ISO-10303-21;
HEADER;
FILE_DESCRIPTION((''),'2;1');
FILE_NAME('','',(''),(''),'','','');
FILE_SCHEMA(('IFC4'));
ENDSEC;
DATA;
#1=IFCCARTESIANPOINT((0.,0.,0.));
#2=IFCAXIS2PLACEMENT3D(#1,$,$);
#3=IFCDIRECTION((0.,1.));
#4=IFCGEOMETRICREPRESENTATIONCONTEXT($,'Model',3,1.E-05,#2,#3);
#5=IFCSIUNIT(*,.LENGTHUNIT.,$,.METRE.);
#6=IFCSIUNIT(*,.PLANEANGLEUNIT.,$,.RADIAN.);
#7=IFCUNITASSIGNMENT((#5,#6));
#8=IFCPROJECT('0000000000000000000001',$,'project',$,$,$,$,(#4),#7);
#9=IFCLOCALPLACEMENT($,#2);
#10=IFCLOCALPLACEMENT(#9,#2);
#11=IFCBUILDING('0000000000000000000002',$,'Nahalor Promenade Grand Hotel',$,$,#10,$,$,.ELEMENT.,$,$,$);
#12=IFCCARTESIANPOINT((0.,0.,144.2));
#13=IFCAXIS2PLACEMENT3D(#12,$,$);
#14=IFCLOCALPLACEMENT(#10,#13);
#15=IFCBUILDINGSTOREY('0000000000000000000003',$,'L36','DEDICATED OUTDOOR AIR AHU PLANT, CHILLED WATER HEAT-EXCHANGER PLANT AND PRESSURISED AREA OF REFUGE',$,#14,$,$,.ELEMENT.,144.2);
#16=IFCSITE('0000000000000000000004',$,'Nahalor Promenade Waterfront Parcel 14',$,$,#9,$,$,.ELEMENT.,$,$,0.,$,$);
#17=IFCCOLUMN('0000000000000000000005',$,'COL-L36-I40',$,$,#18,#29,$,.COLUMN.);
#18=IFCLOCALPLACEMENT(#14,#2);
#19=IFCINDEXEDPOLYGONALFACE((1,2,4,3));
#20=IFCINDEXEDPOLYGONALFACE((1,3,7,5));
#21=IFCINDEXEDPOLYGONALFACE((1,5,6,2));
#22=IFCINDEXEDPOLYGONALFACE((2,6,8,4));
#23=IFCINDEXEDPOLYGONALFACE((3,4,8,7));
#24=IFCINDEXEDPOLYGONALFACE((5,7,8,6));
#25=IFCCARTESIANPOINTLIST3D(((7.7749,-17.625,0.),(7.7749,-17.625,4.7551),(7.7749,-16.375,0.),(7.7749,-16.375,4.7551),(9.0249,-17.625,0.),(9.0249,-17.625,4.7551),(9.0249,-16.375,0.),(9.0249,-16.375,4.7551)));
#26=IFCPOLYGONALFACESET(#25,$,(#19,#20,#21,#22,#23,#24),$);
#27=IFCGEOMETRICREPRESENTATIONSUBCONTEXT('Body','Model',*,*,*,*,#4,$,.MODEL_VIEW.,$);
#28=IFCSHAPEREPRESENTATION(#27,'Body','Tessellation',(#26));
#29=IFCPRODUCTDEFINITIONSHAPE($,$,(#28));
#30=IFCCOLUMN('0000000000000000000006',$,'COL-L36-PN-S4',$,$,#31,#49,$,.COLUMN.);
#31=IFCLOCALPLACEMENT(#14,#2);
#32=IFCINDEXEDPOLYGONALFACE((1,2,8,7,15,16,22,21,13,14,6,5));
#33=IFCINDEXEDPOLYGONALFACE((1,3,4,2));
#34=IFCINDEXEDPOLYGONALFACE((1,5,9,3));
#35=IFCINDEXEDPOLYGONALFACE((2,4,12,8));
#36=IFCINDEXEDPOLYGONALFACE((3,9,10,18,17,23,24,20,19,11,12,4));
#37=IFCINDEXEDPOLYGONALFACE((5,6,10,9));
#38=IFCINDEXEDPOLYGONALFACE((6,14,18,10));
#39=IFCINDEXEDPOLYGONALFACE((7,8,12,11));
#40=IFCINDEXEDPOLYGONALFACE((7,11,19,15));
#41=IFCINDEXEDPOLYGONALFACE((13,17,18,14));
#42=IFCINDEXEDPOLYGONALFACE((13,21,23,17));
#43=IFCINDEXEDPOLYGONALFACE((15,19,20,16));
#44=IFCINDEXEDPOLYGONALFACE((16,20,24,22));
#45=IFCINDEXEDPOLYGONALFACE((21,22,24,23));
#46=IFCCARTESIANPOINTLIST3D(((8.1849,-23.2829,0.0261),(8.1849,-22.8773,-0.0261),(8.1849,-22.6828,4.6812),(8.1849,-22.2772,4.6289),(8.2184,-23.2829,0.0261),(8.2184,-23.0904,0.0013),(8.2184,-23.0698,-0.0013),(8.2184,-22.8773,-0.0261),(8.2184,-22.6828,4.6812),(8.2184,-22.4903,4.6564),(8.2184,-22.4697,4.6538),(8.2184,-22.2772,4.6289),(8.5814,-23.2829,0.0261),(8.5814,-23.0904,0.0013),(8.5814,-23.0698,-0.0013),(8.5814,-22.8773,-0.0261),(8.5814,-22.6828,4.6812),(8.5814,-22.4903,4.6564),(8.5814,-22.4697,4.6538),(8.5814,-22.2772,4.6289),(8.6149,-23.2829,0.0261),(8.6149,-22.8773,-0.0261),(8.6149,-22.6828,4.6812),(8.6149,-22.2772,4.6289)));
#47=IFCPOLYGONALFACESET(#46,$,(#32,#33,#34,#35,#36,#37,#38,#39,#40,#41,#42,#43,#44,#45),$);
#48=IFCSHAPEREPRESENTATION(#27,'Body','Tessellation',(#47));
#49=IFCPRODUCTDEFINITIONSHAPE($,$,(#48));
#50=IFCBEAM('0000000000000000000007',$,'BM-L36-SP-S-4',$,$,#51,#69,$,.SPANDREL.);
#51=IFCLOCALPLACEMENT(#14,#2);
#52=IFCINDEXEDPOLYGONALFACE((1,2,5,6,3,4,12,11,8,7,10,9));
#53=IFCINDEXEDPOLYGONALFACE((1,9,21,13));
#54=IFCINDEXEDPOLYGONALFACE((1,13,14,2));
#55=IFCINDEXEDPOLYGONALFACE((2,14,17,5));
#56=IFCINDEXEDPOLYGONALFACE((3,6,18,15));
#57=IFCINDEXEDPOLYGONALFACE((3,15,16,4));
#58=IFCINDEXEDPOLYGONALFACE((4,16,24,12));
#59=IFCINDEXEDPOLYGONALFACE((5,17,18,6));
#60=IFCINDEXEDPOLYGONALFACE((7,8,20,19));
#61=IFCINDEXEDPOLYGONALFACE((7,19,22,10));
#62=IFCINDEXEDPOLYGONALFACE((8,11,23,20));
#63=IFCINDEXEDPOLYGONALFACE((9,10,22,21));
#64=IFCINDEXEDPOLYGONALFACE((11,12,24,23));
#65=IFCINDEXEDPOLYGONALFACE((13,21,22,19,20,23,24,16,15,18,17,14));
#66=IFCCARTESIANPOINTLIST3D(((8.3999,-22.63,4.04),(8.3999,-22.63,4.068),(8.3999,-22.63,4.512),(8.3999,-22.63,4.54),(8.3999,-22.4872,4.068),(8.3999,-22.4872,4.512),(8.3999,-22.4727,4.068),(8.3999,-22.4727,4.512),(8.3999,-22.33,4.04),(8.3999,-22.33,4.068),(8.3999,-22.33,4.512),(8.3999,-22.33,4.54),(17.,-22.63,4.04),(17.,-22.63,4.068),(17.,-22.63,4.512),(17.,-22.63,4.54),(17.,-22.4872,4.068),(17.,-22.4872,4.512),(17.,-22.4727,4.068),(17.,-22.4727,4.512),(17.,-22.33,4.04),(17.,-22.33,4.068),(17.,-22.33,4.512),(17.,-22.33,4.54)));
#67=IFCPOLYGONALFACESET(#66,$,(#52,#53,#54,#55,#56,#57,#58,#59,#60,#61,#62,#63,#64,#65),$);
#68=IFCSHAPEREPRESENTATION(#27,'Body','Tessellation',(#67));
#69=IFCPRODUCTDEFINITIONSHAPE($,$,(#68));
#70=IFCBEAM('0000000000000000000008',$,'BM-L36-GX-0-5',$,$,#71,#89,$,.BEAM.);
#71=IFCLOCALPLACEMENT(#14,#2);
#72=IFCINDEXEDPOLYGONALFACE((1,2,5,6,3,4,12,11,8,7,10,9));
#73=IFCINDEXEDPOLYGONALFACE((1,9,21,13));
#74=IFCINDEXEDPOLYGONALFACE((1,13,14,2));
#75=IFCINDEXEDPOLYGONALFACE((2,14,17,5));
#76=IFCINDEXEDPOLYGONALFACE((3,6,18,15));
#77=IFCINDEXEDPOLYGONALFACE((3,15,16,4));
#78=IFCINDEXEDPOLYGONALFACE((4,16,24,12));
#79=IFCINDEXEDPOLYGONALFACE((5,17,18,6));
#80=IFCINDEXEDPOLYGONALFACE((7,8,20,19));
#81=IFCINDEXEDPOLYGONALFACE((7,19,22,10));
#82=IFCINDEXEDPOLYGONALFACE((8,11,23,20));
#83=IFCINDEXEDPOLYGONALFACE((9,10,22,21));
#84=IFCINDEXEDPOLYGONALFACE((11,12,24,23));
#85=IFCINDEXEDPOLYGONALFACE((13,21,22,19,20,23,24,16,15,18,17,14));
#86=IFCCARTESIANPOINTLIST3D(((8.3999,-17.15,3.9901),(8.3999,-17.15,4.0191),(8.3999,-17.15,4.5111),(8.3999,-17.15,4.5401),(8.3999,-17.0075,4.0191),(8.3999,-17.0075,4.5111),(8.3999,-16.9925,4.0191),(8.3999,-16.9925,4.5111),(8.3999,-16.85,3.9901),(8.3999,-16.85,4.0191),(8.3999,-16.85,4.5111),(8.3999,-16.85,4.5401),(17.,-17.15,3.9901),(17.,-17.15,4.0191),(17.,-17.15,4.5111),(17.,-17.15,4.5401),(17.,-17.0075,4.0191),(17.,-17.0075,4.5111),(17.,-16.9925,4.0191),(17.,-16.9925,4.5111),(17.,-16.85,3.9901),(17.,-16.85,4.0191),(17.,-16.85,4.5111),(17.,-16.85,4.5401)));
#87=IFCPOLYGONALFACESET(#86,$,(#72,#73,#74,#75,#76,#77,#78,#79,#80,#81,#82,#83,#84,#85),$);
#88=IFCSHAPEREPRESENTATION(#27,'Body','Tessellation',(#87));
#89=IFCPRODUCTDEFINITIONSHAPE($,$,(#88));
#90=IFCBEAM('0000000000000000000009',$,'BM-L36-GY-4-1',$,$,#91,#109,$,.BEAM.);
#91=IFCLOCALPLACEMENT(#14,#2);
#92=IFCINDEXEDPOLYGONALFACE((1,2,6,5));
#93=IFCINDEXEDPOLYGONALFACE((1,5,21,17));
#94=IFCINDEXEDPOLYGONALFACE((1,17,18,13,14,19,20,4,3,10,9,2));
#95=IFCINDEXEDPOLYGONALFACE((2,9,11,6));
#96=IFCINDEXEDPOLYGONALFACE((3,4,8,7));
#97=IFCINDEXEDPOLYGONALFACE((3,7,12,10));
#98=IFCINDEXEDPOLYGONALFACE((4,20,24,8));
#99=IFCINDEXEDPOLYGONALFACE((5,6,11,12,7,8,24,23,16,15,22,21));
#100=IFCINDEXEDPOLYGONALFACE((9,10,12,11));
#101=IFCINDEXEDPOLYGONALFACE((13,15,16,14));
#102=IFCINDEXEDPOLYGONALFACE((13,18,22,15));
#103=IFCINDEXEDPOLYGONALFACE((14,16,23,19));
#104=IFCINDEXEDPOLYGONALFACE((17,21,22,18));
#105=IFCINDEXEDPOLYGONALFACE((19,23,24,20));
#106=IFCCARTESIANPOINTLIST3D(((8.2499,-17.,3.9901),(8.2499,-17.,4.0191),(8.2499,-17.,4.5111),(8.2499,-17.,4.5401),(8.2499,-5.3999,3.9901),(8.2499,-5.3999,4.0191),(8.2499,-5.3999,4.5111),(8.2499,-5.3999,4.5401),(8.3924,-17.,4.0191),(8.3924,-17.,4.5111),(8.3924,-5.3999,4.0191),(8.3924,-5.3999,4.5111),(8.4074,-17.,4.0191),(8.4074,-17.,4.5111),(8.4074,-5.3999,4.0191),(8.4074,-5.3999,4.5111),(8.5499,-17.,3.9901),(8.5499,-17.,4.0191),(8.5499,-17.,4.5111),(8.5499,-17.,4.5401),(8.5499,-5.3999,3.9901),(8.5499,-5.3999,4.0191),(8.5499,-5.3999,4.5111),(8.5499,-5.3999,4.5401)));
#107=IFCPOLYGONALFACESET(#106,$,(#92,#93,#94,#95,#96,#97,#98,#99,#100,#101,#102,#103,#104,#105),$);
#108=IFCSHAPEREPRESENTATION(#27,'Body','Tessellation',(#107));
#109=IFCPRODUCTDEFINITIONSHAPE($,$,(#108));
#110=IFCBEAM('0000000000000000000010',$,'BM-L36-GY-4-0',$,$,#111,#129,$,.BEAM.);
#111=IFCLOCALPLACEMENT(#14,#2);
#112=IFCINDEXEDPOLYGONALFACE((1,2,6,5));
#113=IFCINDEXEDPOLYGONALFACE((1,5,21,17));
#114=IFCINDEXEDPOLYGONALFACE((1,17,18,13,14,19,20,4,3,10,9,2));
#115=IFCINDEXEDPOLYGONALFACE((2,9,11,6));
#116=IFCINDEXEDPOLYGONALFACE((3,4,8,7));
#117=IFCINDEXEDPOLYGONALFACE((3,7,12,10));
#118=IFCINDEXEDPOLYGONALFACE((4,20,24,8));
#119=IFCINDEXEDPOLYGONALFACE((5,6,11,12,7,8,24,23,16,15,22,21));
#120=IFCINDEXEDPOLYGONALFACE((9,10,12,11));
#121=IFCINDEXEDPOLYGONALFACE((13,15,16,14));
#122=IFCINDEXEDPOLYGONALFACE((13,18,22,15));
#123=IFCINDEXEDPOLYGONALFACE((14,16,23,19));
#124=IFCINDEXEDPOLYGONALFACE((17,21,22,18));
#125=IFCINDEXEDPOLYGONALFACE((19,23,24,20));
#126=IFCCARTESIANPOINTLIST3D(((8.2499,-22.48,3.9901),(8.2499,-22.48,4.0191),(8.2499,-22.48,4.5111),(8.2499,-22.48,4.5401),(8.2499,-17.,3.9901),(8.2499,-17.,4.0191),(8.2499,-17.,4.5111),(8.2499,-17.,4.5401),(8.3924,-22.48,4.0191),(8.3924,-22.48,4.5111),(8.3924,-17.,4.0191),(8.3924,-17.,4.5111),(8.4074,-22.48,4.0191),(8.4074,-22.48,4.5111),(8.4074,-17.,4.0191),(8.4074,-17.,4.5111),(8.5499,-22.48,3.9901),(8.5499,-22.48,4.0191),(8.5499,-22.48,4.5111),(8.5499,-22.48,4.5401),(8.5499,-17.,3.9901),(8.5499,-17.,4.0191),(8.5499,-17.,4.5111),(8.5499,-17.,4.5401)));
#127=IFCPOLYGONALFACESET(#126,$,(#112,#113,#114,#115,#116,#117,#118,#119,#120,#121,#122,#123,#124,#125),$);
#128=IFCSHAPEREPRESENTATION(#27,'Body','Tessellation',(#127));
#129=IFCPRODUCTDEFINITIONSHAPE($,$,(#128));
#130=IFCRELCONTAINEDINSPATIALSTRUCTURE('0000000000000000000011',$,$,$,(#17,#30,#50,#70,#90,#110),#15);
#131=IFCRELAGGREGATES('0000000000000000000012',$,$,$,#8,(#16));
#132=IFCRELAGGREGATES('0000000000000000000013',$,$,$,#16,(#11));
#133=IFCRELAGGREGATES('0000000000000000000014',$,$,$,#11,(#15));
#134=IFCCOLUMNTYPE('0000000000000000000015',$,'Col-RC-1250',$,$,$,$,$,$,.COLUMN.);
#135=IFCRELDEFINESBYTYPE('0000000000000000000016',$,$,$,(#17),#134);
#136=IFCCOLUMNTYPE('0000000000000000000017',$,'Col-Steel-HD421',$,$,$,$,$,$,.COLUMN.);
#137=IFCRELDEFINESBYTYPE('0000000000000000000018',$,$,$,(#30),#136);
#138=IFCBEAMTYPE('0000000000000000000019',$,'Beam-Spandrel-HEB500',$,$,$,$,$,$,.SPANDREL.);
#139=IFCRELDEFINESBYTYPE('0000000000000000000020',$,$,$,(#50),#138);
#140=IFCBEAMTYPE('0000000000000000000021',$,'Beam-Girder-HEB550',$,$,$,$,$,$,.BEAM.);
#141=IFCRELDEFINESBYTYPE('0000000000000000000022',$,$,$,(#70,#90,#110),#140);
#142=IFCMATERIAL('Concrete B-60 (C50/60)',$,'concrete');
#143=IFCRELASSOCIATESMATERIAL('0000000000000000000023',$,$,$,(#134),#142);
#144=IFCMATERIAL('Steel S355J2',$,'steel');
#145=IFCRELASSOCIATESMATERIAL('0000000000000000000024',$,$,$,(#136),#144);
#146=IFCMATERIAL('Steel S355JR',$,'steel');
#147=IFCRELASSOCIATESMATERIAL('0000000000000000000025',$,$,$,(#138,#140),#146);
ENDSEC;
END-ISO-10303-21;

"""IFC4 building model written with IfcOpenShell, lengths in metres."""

from ifc_helpers import new_model, si_unit, direction, frame, origin, origin_2d, place, context, subcontext, project, spatial, rectangle, i_section, extrude, source, transform, mapped, material, material_profile, profile_set, type_object, element, save


model = new_model("IFC4")

# Units and contexts
model_context = context("Model", 3, precision=1e-05, world=origin(), true_north=direction((0.0, 1.0)))
body_context = subcontext(model_context, "Body", "Model", "MODEL_VIEW")
ifc_project = project(units=[si_unit("LENGTHUNIT", "METRE"), si_unit("PLANEANGLEUNIT", "RADIAN")], contexts=[model_context])

# Site, building, storey
site_placement = place(None, origin())
site = spatial("IfcSite", under=ifc_project, at=site_placement, Name="Nahalor Promenade Waterfront Parcel 14", CompositionType="ELEMENT", RefElevation=0.0)
building_placement = place(site_placement, origin())
building = spatial("IfcBuilding", under=site, at=building_placement, Name="Nahalor Promenade Grand Hotel", CompositionType="ELEMENT")
storey_placement = place(building_placement, frame((0.0, 0.0, 144.2)))
storey = spatial("IfcBuildingStorey", under=building, at=storey_placement, Name="L36", Description="DEDICATED OUTDOOR AIR AHU PLANT, CHILLED WATER HEAT-EXCHANGER PLANT AND PRESSURISED AREA OF REFUGE", CompositionType="ELEMENT", Elevation=144.2)

# Columns
ifc_material_1 = material(Name="Concrete B-60 (C50/60)", Category="concrete")
ifc_material_profile_1 = material_profile(ifc_material_1, rectangle(XDim=1.25, YDim=1.25, at=origin_2d()), Name="RC 1250x1250")
ifc_profile_set_1 = profile_set([ifc_material_profile_1], Name="Concrete B-60 (C50/60)")
column_type_1 = type_object("IfcColumnType", Name="Col-RC-1250", PredefinedType="COLUMN", material=ifc_profile_set_1)
shared_shape_1 = source(origin(), body_context, "Body", "SweptSolid", [
    extrude(rectangle(XDim=1.25, YDim=1.25, at=origin_2d()), origin(), (0.0, 0.0, 1.0), 4.7551),
])
column_1_placement = place(storey_placement, frame((8.3999, -17.0, 0.0), z_axis=(0.0, 0.0, 1.0), x_axis=(1.0, 0.0, 0.0)))
element("IfcColumn", 1, at=column_1_placement, inside=storey, type_object=column_type_1, Name="COL-L36-I40", PredefinedType="COLUMN", context=body_context, shape_type="MappedRepresentation", body=[
    mapped(shared_shape_1, transform((0.0, 0.0, 0.0), scale=1.0)),
])
ifc_material_2 = material(Name="Steel S355J2", Category="steel")
ifc_material_profile_2 = material_profile(ifc_material_2, i_section(OverallWidth=0.409, OverallDepth=0.43, WebThickness=0.0208, FlangeThickness=0.0335, at=origin_2d()), Name="HD 400x421")
ifc_profile_set_2 = profile_set([ifc_material_profile_2], Name="Steel S355J2")
column_type_2 = type_object("IfcColumnType", Name="Col-Steel-HD421", PredefinedType="COLUMN", material=ifc_profile_set_2)
shared_shape_2 = source(origin(), body_context, "Body", "SweptSolid", [
    extrude(i_section(OverallWidth=0.409, OverallDepth=0.43, WebThickness=0.0208, FlangeThickness=0.0335, at=origin_2d()), origin(), (0.0, 0.0, 1.0), 4.6936),
])
column_2_placement = place(storey_placement, frame((8.3999, -23.0801, 0.0), z_axis=(0.0, 0.127856, 0.991793), x_axis=(0.0, -0.991793, 0.127856)))
element("IfcColumn", 2, at=column_2_placement, inside=storey, type_object=column_type_2, Name="COL-L36-PN-S4", PredefinedType="COLUMN", context=body_context, shape_type="MappedRepresentation", body=[
    mapped(shared_shape_2, transform((0.0, 0.0, 0.0), scale=1.0)),
])

# Beams
ifc_material_3 = material(Name="Steel S355JR", Category="steel")
ifc_material_profile_3 = material_profile(ifc_material_3, i_section(OverallWidth=0.3, OverallDepth=0.5, WebThickness=0.0145, FlangeThickness=0.028, at=origin_2d()), Name="HEB 500")
ifc_profile_set_3 = profile_set([ifc_material_profile_3], Name="Steel S355JR")
beam_type_1 = type_object("IfcBeamType", Name="Beam-Spandrel-HEB500", PredefinedType="SPANDREL", material=ifc_profile_set_3)
shared_shape_3 = source(origin(), body_context, "Body", "SweptSolid", [
    extrude(i_section(OverallWidth=0.3, OverallDepth=0.5, WebThickness=0.0145, FlangeThickness=0.028, at=origin_2d()), origin(), (0.0, 0.0, 1.0), 8.6001),
])
beam_1_placement = place(storey_placement, frame((8.3999, -22.48, 4.29), z_axis=(1.0, 0.0, 0.0), x_axis=(0.0, 1.0, 0.0)))
element("IfcBeam", 3, at=beam_1_placement, inside=storey, type_object=beam_type_1, Name="BM-L36-SP-S-4", PredefinedType="SPANDREL", context=body_context, shape_type="MappedRepresentation", body=[
    mapped(shared_shape_3, transform((0.0, 0.0, 0.0), scale=1.0)),
])
ifc_material_profile_4 = material_profile(ifc_material_3, i_section(OverallWidth=0.3, OverallDepth=0.55, WebThickness=0.015, FlangeThickness=0.029, at=origin_2d()), Name="HEB 550")
ifc_profile_set_4 = profile_set([ifc_material_profile_4], Name="Steel S355JR")
beam_type_2 = type_object("IfcBeamType", Name="Beam-Girder-HEB550", PredefinedType="BEAM", material=ifc_profile_set_4)
shared_shape_4 = source(origin(), body_context, "Body", "SweptSolid", [
    extrude(i_section(OverallWidth=0.3, OverallDepth=0.55, WebThickness=0.015, FlangeThickness=0.029, at=origin_2d()), origin(), (0.0, 0.0, 1.0), 8.6001),
])
beam_2_placement = place(storey_placement, frame((8.3999, -17.0, 4.2651), z_axis=(1.0, 0.0, 0.0), x_axis=(0.0, 1.0, 0.0)))
element("IfcBeam", 4, at=beam_2_placement, inside=storey, type_object=beam_type_2, Name="BM-L36-GX-0-5", PredefinedType="BEAM", context=body_context, shape_type="MappedRepresentation", body=[
    mapped(shared_shape_4, transform((0.0, 0.0, 0.0), scale=1.0)),
])
shared_shape_5 = source(origin(), body_context, "Body", "SweptSolid", [
    extrude(i_section(OverallWidth=0.3, OverallDepth=0.55, WebThickness=0.015, FlangeThickness=0.029, at=origin_2d()), origin(), (0.0, 0.0, 1.0), 11.6001),
])
beam_3_placement = place(storey_placement, frame((8.3999, -17.0, 4.2651), z_axis=(0.0, 1.0, 0.0), x_axis=(-1.0, 0.0, 0.0)))
element("IfcBeam", 5, at=beam_3_placement, inside=storey, type_object=beam_type_2, Name="BM-L36-GY-4-1", PredefinedType="BEAM", context=body_context, shape_type="MappedRepresentation", body=[
    mapped(shared_shape_5, transform((0.0, 0.0, 0.0), scale=1.0)),
])
shared_shape_6 = source(origin(), body_context, "Body", "SweptSolid", [
    extrude(i_section(OverallWidth=0.3, OverallDepth=0.55, WebThickness=0.015, FlangeThickness=0.029, at=origin_2d()), origin(), (0.0, 0.0, 1.0), 5.48),
])
beam_4_placement = place(storey_placement, frame((8.3999, -22.48, 4.2651), z_axis=(0.0, 1.0, 0.0), x_axis=(-1.0, 0.0, 0.0)))
element("IfcBeam", 6, at=beam_4_placement, inside=storey, type_object=beam_type_2, Name="BM-L36-GY-4-0", PredefinedType="BEAM", context=body_context, shape_type="MappedRepresentation", body=[
    mapped(shared_shape_6, transform((0.0, 0.0, 0.0), scale=1.0)),
])

save(model, "model.ifc")
